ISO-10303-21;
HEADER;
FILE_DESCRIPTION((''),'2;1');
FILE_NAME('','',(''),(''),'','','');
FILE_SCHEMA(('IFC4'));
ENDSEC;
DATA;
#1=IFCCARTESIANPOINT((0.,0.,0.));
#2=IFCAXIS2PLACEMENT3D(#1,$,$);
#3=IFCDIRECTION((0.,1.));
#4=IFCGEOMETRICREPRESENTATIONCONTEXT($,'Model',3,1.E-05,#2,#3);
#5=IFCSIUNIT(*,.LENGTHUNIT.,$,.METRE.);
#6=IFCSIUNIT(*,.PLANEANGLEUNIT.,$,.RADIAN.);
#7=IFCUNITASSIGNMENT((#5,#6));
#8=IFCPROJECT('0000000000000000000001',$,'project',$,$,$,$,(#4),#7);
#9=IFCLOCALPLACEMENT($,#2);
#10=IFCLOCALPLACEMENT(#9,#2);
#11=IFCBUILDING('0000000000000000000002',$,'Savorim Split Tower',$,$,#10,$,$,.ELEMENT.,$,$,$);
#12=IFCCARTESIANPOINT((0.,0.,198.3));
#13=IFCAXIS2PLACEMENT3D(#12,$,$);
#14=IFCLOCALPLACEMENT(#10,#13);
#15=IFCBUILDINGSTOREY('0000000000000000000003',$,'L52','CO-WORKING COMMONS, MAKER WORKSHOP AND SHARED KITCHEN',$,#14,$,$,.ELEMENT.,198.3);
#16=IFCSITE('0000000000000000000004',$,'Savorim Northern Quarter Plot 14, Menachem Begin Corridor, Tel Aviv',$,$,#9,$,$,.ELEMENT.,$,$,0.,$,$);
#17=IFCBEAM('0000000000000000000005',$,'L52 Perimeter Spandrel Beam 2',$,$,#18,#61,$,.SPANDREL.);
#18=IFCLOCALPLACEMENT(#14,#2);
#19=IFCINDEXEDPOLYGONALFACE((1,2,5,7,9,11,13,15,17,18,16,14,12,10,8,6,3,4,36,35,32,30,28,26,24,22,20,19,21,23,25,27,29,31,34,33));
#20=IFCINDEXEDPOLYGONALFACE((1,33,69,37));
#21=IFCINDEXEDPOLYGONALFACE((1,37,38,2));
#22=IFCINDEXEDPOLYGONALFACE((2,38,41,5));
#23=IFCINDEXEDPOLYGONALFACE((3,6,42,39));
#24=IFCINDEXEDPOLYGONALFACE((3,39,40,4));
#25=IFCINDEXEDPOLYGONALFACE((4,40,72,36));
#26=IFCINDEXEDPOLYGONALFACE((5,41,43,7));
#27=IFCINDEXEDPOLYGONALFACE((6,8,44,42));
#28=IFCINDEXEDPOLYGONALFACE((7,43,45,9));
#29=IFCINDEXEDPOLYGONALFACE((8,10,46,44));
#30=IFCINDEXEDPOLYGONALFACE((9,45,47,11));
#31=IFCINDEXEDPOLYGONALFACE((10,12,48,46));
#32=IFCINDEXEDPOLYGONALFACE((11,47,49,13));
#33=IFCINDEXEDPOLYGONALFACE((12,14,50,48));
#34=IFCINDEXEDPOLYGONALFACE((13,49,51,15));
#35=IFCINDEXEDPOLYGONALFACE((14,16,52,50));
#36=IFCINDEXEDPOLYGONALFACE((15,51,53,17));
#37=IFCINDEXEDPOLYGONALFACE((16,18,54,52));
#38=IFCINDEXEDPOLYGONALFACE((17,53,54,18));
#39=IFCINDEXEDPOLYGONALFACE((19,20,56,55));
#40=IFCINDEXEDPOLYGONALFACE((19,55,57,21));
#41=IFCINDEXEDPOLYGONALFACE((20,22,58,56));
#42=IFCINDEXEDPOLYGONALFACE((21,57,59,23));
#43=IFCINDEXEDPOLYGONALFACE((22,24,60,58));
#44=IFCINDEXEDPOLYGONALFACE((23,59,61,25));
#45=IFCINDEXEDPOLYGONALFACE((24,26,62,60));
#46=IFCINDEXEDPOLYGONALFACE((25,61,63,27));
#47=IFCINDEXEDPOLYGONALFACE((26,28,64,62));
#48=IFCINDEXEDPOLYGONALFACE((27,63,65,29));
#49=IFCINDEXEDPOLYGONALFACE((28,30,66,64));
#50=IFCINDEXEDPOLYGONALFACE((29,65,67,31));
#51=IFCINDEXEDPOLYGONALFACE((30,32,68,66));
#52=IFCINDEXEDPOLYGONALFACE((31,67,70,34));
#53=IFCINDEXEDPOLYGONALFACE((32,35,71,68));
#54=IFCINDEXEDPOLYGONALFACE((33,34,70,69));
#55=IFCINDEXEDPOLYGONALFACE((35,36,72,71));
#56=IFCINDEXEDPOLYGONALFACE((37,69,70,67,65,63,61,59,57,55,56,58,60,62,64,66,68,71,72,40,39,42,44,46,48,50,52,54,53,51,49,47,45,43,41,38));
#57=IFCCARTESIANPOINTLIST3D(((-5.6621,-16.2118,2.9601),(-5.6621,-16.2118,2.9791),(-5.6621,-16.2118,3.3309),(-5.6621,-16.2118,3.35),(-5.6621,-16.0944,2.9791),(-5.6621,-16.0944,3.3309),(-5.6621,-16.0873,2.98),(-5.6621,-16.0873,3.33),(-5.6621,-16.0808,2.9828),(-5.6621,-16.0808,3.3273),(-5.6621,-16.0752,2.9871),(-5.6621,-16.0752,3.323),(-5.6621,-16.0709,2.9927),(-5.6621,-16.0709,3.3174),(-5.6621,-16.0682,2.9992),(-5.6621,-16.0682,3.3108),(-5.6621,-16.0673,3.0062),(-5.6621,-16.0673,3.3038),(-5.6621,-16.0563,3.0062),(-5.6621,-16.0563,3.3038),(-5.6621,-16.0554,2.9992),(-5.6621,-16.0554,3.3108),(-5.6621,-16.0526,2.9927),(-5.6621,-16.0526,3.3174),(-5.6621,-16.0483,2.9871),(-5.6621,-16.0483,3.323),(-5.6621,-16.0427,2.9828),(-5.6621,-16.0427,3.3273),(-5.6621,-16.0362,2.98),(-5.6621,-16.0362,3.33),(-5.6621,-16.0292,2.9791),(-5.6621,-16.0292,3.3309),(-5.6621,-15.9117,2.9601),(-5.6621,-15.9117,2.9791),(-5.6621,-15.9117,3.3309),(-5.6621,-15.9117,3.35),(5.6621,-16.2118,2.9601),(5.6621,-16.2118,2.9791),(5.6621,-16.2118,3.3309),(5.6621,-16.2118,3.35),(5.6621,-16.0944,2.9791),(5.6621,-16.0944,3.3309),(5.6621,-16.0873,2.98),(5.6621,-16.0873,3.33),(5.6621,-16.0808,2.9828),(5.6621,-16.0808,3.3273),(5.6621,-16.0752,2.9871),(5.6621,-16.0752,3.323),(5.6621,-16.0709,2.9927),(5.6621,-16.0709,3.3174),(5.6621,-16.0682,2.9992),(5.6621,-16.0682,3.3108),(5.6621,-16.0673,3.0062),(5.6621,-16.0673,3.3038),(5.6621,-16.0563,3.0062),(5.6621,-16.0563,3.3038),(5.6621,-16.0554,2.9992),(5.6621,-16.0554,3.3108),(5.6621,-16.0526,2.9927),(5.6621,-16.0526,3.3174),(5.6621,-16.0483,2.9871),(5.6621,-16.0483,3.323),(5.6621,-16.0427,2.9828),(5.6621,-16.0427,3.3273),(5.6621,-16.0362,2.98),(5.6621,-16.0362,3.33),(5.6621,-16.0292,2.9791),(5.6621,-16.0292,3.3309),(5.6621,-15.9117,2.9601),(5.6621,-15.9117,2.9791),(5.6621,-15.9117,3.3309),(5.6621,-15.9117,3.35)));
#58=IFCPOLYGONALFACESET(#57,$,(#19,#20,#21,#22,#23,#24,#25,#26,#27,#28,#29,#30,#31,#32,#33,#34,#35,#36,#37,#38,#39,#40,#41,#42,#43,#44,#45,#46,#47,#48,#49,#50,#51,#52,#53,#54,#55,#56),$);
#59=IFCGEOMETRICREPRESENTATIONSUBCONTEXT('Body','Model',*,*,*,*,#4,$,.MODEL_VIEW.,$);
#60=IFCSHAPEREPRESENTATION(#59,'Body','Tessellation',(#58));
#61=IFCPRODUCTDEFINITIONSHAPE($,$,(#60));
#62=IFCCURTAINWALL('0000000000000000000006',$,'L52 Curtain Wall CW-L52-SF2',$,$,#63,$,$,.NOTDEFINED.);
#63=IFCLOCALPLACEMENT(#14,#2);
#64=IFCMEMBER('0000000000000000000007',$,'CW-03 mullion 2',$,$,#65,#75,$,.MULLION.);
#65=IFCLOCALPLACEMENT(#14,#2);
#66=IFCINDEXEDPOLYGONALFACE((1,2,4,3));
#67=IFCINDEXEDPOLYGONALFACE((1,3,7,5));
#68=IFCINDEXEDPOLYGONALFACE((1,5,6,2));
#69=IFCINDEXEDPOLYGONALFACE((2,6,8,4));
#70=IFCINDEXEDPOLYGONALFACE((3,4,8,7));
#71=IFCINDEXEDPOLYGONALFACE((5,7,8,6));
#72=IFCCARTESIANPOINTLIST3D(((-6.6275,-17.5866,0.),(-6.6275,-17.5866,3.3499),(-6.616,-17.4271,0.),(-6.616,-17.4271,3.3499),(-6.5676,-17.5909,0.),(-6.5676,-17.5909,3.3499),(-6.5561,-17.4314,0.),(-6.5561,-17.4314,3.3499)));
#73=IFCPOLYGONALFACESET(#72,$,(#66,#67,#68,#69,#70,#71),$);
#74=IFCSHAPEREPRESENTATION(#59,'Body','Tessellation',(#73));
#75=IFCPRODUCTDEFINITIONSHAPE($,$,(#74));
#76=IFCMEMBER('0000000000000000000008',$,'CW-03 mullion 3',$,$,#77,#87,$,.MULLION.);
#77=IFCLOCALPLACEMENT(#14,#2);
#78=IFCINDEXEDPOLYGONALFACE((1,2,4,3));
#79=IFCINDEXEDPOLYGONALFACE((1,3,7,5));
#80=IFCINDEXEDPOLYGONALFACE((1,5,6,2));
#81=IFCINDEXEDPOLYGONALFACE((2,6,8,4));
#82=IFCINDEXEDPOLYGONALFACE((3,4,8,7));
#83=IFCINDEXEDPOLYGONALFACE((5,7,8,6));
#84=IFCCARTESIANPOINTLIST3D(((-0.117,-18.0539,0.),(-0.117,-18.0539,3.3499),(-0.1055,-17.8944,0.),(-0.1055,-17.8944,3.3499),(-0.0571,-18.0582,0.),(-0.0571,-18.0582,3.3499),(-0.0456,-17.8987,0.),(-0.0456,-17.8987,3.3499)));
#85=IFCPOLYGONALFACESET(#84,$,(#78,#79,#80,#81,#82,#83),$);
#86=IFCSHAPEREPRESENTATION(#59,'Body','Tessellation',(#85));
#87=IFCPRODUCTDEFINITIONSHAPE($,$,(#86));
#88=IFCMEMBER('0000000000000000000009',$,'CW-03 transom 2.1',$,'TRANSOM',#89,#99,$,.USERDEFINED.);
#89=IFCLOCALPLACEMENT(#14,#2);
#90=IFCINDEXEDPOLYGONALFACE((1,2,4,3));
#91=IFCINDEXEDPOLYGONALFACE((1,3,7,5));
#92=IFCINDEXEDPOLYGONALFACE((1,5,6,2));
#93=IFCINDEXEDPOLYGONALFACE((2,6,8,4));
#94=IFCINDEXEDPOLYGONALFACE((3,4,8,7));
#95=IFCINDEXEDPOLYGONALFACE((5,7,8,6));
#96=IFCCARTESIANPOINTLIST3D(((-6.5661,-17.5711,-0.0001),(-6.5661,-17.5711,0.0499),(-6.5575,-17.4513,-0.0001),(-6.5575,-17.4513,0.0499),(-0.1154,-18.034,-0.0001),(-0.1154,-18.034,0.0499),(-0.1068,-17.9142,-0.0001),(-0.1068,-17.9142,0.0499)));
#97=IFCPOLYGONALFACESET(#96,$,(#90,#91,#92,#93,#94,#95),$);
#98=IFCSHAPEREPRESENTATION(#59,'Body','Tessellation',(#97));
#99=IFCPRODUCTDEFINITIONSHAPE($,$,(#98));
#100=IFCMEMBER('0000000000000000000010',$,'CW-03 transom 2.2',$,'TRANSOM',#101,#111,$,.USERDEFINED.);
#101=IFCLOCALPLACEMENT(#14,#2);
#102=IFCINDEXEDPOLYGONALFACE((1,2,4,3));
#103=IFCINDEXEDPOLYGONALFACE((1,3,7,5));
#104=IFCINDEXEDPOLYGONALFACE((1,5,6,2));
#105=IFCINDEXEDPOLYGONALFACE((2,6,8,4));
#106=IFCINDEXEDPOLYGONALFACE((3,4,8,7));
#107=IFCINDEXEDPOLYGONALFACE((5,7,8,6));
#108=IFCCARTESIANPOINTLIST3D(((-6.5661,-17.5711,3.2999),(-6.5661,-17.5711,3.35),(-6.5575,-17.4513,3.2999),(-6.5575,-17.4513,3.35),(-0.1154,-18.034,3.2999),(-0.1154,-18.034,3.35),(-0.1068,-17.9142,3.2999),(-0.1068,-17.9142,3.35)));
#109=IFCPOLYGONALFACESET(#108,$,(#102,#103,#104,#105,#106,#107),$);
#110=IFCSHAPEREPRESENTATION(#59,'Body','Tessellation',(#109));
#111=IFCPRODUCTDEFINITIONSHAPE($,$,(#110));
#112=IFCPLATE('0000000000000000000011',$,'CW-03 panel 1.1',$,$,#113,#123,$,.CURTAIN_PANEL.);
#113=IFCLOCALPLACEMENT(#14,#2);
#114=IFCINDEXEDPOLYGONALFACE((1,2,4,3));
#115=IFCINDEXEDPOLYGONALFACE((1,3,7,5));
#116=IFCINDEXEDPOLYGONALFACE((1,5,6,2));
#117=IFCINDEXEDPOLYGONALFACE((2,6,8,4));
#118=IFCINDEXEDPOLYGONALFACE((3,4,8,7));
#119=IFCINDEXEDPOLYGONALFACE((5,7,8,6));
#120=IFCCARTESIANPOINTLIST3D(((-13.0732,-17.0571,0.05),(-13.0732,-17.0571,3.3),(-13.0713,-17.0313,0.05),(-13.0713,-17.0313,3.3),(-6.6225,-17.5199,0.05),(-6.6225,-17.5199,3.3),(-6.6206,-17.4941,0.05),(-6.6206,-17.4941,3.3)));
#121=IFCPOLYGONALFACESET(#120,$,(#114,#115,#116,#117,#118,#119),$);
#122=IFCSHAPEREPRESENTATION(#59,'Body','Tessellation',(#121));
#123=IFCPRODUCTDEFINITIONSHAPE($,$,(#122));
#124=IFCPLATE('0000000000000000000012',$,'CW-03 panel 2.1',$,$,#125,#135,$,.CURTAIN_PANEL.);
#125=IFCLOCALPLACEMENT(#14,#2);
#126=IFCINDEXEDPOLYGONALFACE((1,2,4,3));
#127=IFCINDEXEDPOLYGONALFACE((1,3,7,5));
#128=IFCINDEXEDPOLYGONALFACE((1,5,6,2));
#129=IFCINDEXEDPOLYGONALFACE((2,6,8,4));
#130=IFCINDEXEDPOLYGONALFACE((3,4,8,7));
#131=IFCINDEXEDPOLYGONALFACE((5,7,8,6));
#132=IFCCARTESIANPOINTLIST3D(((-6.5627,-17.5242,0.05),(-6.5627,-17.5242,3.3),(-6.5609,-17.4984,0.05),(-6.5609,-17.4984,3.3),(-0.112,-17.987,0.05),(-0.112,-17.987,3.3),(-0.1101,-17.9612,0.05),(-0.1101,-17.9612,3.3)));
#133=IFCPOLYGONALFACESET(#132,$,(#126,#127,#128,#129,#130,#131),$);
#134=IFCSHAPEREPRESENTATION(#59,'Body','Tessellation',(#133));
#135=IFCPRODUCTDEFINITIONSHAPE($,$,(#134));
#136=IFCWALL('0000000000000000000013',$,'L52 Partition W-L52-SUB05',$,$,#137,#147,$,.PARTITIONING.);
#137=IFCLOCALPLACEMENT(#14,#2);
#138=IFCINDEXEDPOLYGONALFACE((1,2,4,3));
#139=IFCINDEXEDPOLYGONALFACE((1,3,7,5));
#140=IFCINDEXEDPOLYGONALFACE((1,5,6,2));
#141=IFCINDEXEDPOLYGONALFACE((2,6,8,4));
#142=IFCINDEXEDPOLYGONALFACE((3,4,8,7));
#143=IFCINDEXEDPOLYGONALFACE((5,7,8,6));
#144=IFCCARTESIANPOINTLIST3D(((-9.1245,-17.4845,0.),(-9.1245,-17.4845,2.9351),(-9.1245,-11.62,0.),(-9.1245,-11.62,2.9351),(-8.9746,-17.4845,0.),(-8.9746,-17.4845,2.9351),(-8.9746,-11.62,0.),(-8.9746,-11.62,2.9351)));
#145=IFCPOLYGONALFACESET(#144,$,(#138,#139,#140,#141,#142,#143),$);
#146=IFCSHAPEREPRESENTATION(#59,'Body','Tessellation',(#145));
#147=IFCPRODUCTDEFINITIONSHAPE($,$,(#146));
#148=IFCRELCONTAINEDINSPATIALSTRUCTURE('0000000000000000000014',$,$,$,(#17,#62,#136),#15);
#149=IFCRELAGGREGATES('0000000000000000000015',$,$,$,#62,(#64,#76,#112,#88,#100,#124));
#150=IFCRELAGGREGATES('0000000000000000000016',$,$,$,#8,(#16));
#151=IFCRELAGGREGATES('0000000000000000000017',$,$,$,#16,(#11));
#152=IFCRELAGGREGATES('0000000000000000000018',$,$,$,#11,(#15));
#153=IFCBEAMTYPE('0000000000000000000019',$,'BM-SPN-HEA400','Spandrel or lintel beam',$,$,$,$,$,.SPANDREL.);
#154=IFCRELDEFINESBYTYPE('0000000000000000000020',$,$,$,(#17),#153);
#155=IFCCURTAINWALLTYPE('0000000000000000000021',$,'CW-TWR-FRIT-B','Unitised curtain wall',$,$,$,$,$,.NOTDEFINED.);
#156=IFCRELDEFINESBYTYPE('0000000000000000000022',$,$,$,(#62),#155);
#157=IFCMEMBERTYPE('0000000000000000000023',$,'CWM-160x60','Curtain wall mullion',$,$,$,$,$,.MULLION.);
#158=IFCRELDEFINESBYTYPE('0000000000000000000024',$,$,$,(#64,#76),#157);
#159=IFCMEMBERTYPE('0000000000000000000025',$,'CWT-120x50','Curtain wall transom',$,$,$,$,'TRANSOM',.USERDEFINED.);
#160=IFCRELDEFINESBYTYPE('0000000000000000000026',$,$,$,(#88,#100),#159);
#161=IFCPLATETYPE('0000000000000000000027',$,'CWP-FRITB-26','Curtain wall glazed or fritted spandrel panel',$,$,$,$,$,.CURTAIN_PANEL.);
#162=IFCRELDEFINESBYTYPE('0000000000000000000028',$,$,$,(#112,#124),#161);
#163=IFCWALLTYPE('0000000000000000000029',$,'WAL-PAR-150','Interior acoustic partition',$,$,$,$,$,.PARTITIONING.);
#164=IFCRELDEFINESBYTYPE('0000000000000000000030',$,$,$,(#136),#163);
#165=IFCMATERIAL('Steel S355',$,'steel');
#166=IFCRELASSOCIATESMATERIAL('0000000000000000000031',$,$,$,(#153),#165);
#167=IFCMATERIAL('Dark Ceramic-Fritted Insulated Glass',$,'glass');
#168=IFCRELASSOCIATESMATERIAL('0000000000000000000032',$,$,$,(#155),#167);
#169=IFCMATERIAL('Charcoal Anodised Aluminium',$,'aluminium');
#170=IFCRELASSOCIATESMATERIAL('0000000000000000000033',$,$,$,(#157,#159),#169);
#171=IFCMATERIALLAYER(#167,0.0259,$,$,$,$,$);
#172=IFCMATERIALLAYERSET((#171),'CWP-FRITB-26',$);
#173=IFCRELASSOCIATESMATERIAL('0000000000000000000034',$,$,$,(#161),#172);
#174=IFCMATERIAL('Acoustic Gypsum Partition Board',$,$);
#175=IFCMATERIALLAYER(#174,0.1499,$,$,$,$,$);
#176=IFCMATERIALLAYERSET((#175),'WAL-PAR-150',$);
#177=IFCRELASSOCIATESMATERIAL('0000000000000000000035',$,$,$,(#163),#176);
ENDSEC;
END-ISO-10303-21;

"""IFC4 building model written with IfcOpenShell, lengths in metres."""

from ifc_helpers import new_model, si_unit, direction, frame, frame_2d, origin, origin_2d, place, context, subcontext, project, spatial, rectangle, i_section, extrude, material, layer, layer_set, material_profile, profile_set, type_object, element, aggregate, save


model = new_model("IFC4")

# Units and contexts
model_context = context("Model", 3, precision=1e-05, world=origin(), true_north=direction((0.0, 1.0)))
body_context = subcontext(model_context, "Body", "Model", "MODEL_VIEW")
ifc_project = project(units=[si_unit("LENGTHUNIT", "METRE"), si_unit("PLANEANGLEUNIT", "RADIAN")], contexts=[model_context])

# Site, building, storey
site_placement = place(None, origin())
site = spatial("IfcSite", under=ifc_project, at=site_placement, Name="Savorim Northern Quarter Plot 14, Menachem Begin Corridor, Tel Aviv", CompositionType="ELEMENT", RefElevation=0.0)
building_placement = place(site_placement, origin())
building = spatial("IfcBuilding", under=site, at=building_placement, Name="Savorim Split Tower", CompositionType="ELEMENT")
storey_placement = place(building_placement, frame((0.0, 0.0, 198.3)))
storey = spatial("IfcBuildingStorey", under=building, at=storey_placement, Name="L52", Description="CO-WORKING COMMONS, MAKER WORKSHOP AND SHARED KITCHEN", CompositionType="ELEMENT", Elevation=198.3)

# Shared definitions
ifc_material_1 = material(Name="Steel S355", Category="steel")

# Beam
ifc_material_profile_1 = material_profile(ifc_material_1, i_section(OverallWidth=0.3, OverallDepth=0.3899, WebThickness=0.011, FlangeThickness=0.019, FilletRadius=0.0271, at=origin_2d()), Name="HEA 400")
ifc_profile_set_1 = profile_set([ifc_material_profile_1], Name="Steel S355")
beam_type_1 = type_object("IfcBeamType", Name="BM-SPN-HEA400", Description="Spandrel or lintel beam", PredefinedType="SPANDREL", material=ifc_profile_set_1)
beam_1_placement = place(storey_placement, frame((-5.6621, -16.0618, 3.155), z_axis=(1.0, 0.0, 0.0), x_axis=(0.0, 1.0, 0.0)))
element("IfcBeam", 1, at=beam_1_placement, inside=storey, type_object=beam_type_1, Name="L52 Perimeter Spandrel Beam 2", PredefinedType="SPANDREL", context=body_context, shape_type="SweptSolid", body=[
    extrude(i_section(OverallWidth=0.3, OverallDepth=0.3899, WebThickness=0.011, FlangeThickness=0.019, FilletRadius=0.0271, at=origin_2d()), origin(), (0.0, 0.0, 1.0), 11.3242),
])

# Curtain wall, members, plates
ifc_material_2 = material(Name="Dark Ceramic-Fritted Insulated Glass", Category="glass")
curtain_wall_type = type_object("IfcCurtainWallType", Name="CW-TWR-FRIT-B", Description="Unitised curtain wall", PredefinedType="NOTDEFINED", material=ifc_material_2)
curtain_wall_placement = place(storey_placement, origin())
curtain_wall = element("IfcCurtainWall", 2, at=curtain_wall_placement, inside=storey, type_object=curtain_wall_type, Name="L52 Curtain Wall CW-L52-SF2", PredefinedType="NOTDEFINED")
ifc_material_3 = material(Name="Charcoal Anodised Aluminium", Category="aluminium")
ifc_material_profile_2 = material_profile(ifc_material_3, rectangle(XDim=0.1599, YDim=0.0601, at=origin_2d()), Name="ALU-M 160x60")
ifc_profile_set_2 = profile_set([ifc_material_profile_2], Name="Charcoal Anodised Aluminium")
member_type_1 = type_object("IfcMemberType", Name="CWM-160x60", Description="Curtain wall mullion", PredefinedType="MULLION", material=ifc_profile_set_2)
member_1_placement = place(storey_placement, frame((-6.5918, -17.509, 0.0), z_axis=(0.0, 0.0, 1.0), x_axis=(0.071562, 0.997436, 0.0)))
member_1 = element("IfcMember", 3, at=member_1_placement, type_object=member_type_1, Name="CW-03 mullion 2", PredefinedType="MULLION", context=body_context, shape_type="SweptSolid", body=[
    extrude(rectangle(XDim=0.1599, YDim=0.0601, at=origin_2d()), origin(), (0.0, 0.0, 1.0), 3.3499),
])
member_2_placement = place(storey_placement, frame((-0.0813, -17.9763, 0.0), z_axis=(0.0, 0.0, 1.0), x_axis=(0.071562, 0.997436, 0.0)))
member_2 = element("IfcMember", 4, at=member_2_placement, type_object=member_type_1, Name="CW-03 mullion 3", PredefinedType="MULLION", context=body_context, shape_type="SweptSolid", body=[
    extrude(rectangle(XDim=0.1599, YDim=0.0601, at=origin_2d()), origin(), (0.0, 0.0, 1.0), 3.3499),
])
ifc_material_profile_3 = material_profile(ifc_material_3, rectangle(XDim=0.1201, YDim=0.05, at=origin_2d()), Name="ALU-T 120x50")
ifc_profile_set_3 = profile_set([ifc_material_profile_3], Name="Charcoal Anodised Aluminium")
member_type_2 = type_object("IfcMemberType", Name="CWT-120x50", Description="Curtain wall transom", ElementType="TRANSOM", PredefinedType="USERDEFINED", material=ifc_profile_set_3)
member_3_placement = place(storey_placement, frame((-6.5618, -17.5112, 0.0249), z_axis=(0.997435, -0.071574, 0.0), x_axis=(0.071574, 0.997435, 0.0)))
member_3 = element("IfcMember", 5, at=member_3_placement, type_object=member_type_2, Name="CW-03 transom 2.1", ObjectType="TRANSOM", PredefinedType="USERDEFINED", context=body_context, shape_type="SweptSolid", body=[
    extrude(rectangle(XDim=0.1201, YDim=0.05, at=origin_2d()), origin(), (0.0, 0.0, 1.0), 6.4673),
])
member_4_placement = place(storey_placement, frame((-6.5618, -17.5112, 3.325), z_axis=(0.997435, -0.071574, 0.0), x_axis=(0.071574, 0.997435, 0.0)))
member_4 = element("IfcMember", 6, at=member_4_placement, type_object=member_type_2, Name="CW-03 transom 2.2", ObjectType="TRANSOM", PredefinedType="USERDEFINED", context=body_context, shape_type="SweptSolid", body=[
    extrude(rectangle(XDim=0.1201, YDim=0.05, at=origin_2d()), origin(), (0.0, 0.0, 1.0), 6.4673),
])
ifc_layer_1 = layer(ifc_material_2, 0.0259)
ifc_layer_set_1 = layer_set([ifc_layer_1], Name="CWP-FRITB-26")
plate_type = type_object("IfcPlateType", Name="CWP-FRITB-26", Description="Curtain wall glazed or fritted spandrel panel", PredefinedType="CURTAIN_PANEL", material=ifc_layer_set_1)
plate_1_placement = place(storey_placement, frame((-9.8469, -17.2756, 0.05), z_axis=(0.0, 0.0, 1.0), x_axis=(0.997436, -0.071562, 0.0)))
plate_1 = element("IfcPlate", 7, at=plate_1_placement, type_object=plate_type, Name="CW-03 panel 1.1", PredefinedType="CURTAIN_PANEL", context=body_context, shape_type="SweptSolid", body=[
    extrude(rectangle(XDim=6.4673, YDim=0.0259, at=origin_2d()), origin(), (0.0, 0.0, 1.0), 3.25),
])
plate_2_placement = place(storey_placement, frame((-3.3364, -17.7427, 0.05), z_axis=(0.0, 0.0, 1.0), x_axis=(0.997436, -0.071562, 0.0)))
plate_2 = element("IfcPlate", 8, at=plate_2_placement, type_object=plate_type, Name="CW-03 panel 2.1", PredefinedType="CURTAIN_PANEL", context=body_context, shape_type="SweptSolid", body=[
    extrude(rectangle(XDim=6.4673, YDim=0.0259, at=origin_2d()), origin(), (0.0, 0.0, 1.0), 3.25),
])
aggregate(curtain_wall, [member_1, member_2, plate_1, member_3, member_4, plate_2])

# Wall
ifc_material_4 = material(Name="Acoustic Gypsum Partition Board")
ifc_layer_2 = layer(ifc_material_4, 0.1499)
ifc_layer_set_2 = layer_set([ifc_layer_2], Name="WAL-PAR-150")
wall_type = type_object("IfcWallType", Name="WAL-PAR-150", Description="Interior acoustic partition", PredefinedType="PARTITIONING", material=ifc_layer_set_2)
wall_placement = place(storey_placement, frame((-9.0496, -11.6201, 0.0), z_axis=(0.0, 0.0, 1.0), x_axis=(0.0, -1.0, 0.0)))
element("IfcWall", 9, at=wall_placement, inside=storey, type_object=wall_type, Name="L52 Partition W-L52-SUB05", PredefinedType="PARTITIONING", context=body_context, shape_type="SweptSolid", body=[
    extrude(rectangle(XDim=5.8645, YDim=0.1499, at=frame_2d((2.9321, 0.0))), origin(), (0.0, 0.0, 1.0), 2.9351),
])

save(model, "model.ifc")
